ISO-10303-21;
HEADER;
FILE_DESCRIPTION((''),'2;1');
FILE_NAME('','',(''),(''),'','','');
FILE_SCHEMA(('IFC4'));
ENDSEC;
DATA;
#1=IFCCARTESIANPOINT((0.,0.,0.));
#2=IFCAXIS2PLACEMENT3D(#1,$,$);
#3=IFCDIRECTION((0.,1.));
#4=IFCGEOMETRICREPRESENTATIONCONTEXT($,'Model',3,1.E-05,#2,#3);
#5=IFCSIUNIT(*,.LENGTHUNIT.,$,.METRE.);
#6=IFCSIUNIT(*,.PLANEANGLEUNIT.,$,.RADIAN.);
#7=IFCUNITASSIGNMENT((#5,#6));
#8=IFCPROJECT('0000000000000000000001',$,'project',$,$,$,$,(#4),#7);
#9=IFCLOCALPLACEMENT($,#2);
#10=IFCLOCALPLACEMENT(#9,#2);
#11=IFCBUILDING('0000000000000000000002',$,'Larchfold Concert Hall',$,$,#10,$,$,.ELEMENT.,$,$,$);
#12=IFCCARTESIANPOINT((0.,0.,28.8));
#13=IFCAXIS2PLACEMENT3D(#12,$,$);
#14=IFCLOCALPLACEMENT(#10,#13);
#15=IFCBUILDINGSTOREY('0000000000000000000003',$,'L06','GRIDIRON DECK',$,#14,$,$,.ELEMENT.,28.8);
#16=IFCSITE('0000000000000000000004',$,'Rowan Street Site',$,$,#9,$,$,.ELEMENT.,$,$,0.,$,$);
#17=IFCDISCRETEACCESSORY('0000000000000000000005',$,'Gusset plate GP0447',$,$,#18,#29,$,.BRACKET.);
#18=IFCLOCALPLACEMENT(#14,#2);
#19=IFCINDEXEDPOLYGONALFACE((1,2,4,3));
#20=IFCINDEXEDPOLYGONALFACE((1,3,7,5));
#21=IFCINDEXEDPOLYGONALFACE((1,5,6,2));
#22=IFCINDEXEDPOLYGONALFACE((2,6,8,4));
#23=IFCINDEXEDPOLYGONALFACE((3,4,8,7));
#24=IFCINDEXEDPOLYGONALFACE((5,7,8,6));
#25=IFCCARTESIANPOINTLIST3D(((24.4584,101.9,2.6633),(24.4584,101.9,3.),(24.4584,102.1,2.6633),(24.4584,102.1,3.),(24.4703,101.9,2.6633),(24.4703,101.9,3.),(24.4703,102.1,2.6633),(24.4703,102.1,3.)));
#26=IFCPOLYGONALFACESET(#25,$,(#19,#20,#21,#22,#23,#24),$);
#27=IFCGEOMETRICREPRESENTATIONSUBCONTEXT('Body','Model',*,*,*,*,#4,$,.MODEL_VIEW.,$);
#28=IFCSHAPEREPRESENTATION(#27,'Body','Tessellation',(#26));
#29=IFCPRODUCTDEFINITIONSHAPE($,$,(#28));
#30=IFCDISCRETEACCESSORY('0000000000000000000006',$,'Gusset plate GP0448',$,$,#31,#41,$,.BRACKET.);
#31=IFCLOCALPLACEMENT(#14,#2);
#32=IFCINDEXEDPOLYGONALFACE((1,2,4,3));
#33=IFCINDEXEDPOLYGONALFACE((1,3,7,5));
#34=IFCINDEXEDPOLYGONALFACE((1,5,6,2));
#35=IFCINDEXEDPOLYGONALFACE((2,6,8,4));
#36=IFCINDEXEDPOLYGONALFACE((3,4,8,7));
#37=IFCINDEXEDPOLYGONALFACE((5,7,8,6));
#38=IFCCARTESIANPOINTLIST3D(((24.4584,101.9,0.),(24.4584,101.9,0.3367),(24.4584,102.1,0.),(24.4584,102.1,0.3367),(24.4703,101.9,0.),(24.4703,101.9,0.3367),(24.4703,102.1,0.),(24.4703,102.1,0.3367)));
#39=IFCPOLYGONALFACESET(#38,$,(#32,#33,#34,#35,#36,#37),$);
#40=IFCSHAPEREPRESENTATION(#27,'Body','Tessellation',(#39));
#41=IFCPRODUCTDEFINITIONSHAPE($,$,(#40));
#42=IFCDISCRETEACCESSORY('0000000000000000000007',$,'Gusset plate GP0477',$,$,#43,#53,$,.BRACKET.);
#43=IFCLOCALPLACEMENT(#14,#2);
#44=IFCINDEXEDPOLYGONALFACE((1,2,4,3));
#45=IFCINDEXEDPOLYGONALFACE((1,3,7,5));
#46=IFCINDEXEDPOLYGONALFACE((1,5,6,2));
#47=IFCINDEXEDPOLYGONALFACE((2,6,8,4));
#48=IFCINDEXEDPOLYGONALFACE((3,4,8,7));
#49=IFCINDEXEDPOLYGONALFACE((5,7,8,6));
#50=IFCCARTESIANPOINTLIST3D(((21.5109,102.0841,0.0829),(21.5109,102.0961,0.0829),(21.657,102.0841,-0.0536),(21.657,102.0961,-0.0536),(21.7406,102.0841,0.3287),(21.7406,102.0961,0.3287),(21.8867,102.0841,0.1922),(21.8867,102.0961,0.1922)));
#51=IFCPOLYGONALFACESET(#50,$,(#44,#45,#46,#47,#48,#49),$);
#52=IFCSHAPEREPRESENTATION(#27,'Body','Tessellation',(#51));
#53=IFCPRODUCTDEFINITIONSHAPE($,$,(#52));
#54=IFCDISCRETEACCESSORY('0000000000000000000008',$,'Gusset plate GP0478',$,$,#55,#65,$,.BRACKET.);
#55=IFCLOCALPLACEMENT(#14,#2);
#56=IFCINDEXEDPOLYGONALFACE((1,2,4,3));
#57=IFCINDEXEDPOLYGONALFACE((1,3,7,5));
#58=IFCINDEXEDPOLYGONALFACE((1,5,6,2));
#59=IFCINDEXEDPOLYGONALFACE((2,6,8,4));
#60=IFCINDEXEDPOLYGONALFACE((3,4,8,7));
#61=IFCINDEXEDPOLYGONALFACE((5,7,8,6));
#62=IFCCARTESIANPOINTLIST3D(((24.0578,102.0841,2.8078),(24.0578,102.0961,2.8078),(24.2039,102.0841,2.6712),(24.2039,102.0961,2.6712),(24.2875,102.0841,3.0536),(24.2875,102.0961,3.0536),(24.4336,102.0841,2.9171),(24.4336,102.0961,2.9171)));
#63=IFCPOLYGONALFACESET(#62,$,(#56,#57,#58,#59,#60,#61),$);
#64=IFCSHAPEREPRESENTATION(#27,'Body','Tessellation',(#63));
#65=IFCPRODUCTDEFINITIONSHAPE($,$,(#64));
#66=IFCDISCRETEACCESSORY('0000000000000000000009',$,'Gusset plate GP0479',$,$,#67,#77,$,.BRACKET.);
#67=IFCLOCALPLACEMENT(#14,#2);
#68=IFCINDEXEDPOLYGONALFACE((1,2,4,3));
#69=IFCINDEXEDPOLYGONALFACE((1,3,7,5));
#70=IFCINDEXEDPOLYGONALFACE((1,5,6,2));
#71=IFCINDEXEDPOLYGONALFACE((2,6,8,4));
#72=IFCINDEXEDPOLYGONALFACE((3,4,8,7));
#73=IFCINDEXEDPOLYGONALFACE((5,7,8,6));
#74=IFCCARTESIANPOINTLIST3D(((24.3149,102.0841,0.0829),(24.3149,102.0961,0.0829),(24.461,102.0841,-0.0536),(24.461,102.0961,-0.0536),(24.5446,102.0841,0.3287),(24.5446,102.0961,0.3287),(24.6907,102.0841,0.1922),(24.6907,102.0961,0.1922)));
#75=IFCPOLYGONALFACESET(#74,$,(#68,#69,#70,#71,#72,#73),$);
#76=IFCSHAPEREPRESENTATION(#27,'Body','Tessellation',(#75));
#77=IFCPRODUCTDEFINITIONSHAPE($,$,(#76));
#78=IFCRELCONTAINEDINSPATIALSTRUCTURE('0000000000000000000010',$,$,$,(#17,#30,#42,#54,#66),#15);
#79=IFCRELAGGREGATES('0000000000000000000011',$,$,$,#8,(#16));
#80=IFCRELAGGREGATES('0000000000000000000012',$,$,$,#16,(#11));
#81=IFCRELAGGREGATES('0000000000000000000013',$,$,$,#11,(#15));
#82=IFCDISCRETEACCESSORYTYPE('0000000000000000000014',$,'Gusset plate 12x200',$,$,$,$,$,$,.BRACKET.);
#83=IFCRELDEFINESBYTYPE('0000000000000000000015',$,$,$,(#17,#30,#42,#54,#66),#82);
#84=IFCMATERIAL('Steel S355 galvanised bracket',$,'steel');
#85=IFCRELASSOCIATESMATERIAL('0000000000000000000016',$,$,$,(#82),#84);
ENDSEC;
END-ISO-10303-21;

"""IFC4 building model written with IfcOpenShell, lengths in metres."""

from ifc_helpers import new_model, si_unit, direction, frame, origin, origin_2d, place, context, subcontext, project, spatial, rectangle, extrude, material, material_profile, profile_set, type_object, element, save


model = new_model("IFC4")

# Units and contexts
model_context = context("Model", 3, precision=1e-05, world=origin(), true_north=direction((0.0, 1.0)))
body_context = subcontext(model_context, "Body", "Model", "MODEL_VIEW")
ifc_project = project(units=[si_unit("LENGTHUNIT", "METRE"), si_unit("PLANEANGLEUNIT", "RADIAN")], contexts=[model_context])

# Site, building, storey
site_placement = place(None, origin())
site = spatial("IfcSite", under=ifc_project, at=site_placement, Name="Rowan Street Site", CompositionType="ELEMENT", RefElevation=0.0)
building_placement = place(site_placement, origin())
building = spatial("IfcBuilding", under=site, at=building_placement, Name="Larchfold Concert Hall", CompositionType="ELEMENT")
storey_placement = place(building_placement, frame((0.0, 0.0, 28.8)))
storey = spatial("IfcBuildingStorey", under=building, at=storey_placement, Name="L06", Description="GRIDIRON DECK", CompositionType="ELEMENT", Elevation=28.8)

# Discrete accessories
ifc_material_1 = material(Name="Steel S355 galvanised bracket", Category="steel")
ifc_material_profile_1 = material_profile(ifc_material_1, rectangle(XDim=0.012, YDim=0.2, at=origin_2d()))
ifc_profile_set_1 = profile_set([ifc_material_profile_1], Name="Steel S355 galvanised bracket")
discrete_accessory_type_1 = type_object("IfcDiscreteAccessoryType", Name="Gusset plate 12x200", PredefinedType="BRACKET", material=ifc_profile_set_1)
for number, where, z_axis, x_axis, name in (
    (1, (24.4644, 102.0, 3.0), (0.0, 0.0, -1.0), (1.0, 0.0, 0.0), "Gusset plate GP0447"),
    (2, (24.4644, 102.0, 0.3367), (0.0, 0.0, -1.0), (1.0, 0.0, 0.0), "Gusset plate GP0448"),
):
    element("IfcDiscreteAccessory", number, at=place(storey_placement, frame(where, z_axis=z_axis, x_axis=x_axis)), inside=storey, type_object=discrete_accessory_type_1, Name=name, PredefinedType="BRACKET", context=body_context, shape_type="SweptSolid", body=[
        extrude(rectangle(XDim=0.012, YDim=0.2, at=origin_2d()), origin(), (0.0, 0.0, 1.0), 0.3367),
    ])
for number, where, z_axis, x_axis, name in (
    (3, (21.584, 102.0901, 0.0146), (0.682758, 0.0, 0.730645), (0.0, 1.0, 0.0), "Gusset plate GP0477"),
    (4, (24.1309, 102.0901, 2.7395), (0.682758, 0.0, 0.730645), (0.0, 1.0, 0.0), "Gusset plate GP0478"),
    (5, (24.3879, 102.0901, 0.0146), (0.682758, 0.0, 0.730645), (0.0, 1.0, 0.0), "Gusset plate GP0479"),
):
    element("IfcDiscreteAccessory", number, at=place(storey_placement, frame(where, z_axis=z_axis, x_axis=x_axis)), inside=storey, type_object=discrete_accessory_type_1, Name=name, PredefinedType="BRACKET", context=body_context, shape_type="SweptSolid", body=[
        extrude(rectangle(XDim=0.012, YDim=0.2, at=origin_2d()), origin(), (0.0, 0.0, 1.0), 0.3364),
    ])

save(model, "model.ifc")
